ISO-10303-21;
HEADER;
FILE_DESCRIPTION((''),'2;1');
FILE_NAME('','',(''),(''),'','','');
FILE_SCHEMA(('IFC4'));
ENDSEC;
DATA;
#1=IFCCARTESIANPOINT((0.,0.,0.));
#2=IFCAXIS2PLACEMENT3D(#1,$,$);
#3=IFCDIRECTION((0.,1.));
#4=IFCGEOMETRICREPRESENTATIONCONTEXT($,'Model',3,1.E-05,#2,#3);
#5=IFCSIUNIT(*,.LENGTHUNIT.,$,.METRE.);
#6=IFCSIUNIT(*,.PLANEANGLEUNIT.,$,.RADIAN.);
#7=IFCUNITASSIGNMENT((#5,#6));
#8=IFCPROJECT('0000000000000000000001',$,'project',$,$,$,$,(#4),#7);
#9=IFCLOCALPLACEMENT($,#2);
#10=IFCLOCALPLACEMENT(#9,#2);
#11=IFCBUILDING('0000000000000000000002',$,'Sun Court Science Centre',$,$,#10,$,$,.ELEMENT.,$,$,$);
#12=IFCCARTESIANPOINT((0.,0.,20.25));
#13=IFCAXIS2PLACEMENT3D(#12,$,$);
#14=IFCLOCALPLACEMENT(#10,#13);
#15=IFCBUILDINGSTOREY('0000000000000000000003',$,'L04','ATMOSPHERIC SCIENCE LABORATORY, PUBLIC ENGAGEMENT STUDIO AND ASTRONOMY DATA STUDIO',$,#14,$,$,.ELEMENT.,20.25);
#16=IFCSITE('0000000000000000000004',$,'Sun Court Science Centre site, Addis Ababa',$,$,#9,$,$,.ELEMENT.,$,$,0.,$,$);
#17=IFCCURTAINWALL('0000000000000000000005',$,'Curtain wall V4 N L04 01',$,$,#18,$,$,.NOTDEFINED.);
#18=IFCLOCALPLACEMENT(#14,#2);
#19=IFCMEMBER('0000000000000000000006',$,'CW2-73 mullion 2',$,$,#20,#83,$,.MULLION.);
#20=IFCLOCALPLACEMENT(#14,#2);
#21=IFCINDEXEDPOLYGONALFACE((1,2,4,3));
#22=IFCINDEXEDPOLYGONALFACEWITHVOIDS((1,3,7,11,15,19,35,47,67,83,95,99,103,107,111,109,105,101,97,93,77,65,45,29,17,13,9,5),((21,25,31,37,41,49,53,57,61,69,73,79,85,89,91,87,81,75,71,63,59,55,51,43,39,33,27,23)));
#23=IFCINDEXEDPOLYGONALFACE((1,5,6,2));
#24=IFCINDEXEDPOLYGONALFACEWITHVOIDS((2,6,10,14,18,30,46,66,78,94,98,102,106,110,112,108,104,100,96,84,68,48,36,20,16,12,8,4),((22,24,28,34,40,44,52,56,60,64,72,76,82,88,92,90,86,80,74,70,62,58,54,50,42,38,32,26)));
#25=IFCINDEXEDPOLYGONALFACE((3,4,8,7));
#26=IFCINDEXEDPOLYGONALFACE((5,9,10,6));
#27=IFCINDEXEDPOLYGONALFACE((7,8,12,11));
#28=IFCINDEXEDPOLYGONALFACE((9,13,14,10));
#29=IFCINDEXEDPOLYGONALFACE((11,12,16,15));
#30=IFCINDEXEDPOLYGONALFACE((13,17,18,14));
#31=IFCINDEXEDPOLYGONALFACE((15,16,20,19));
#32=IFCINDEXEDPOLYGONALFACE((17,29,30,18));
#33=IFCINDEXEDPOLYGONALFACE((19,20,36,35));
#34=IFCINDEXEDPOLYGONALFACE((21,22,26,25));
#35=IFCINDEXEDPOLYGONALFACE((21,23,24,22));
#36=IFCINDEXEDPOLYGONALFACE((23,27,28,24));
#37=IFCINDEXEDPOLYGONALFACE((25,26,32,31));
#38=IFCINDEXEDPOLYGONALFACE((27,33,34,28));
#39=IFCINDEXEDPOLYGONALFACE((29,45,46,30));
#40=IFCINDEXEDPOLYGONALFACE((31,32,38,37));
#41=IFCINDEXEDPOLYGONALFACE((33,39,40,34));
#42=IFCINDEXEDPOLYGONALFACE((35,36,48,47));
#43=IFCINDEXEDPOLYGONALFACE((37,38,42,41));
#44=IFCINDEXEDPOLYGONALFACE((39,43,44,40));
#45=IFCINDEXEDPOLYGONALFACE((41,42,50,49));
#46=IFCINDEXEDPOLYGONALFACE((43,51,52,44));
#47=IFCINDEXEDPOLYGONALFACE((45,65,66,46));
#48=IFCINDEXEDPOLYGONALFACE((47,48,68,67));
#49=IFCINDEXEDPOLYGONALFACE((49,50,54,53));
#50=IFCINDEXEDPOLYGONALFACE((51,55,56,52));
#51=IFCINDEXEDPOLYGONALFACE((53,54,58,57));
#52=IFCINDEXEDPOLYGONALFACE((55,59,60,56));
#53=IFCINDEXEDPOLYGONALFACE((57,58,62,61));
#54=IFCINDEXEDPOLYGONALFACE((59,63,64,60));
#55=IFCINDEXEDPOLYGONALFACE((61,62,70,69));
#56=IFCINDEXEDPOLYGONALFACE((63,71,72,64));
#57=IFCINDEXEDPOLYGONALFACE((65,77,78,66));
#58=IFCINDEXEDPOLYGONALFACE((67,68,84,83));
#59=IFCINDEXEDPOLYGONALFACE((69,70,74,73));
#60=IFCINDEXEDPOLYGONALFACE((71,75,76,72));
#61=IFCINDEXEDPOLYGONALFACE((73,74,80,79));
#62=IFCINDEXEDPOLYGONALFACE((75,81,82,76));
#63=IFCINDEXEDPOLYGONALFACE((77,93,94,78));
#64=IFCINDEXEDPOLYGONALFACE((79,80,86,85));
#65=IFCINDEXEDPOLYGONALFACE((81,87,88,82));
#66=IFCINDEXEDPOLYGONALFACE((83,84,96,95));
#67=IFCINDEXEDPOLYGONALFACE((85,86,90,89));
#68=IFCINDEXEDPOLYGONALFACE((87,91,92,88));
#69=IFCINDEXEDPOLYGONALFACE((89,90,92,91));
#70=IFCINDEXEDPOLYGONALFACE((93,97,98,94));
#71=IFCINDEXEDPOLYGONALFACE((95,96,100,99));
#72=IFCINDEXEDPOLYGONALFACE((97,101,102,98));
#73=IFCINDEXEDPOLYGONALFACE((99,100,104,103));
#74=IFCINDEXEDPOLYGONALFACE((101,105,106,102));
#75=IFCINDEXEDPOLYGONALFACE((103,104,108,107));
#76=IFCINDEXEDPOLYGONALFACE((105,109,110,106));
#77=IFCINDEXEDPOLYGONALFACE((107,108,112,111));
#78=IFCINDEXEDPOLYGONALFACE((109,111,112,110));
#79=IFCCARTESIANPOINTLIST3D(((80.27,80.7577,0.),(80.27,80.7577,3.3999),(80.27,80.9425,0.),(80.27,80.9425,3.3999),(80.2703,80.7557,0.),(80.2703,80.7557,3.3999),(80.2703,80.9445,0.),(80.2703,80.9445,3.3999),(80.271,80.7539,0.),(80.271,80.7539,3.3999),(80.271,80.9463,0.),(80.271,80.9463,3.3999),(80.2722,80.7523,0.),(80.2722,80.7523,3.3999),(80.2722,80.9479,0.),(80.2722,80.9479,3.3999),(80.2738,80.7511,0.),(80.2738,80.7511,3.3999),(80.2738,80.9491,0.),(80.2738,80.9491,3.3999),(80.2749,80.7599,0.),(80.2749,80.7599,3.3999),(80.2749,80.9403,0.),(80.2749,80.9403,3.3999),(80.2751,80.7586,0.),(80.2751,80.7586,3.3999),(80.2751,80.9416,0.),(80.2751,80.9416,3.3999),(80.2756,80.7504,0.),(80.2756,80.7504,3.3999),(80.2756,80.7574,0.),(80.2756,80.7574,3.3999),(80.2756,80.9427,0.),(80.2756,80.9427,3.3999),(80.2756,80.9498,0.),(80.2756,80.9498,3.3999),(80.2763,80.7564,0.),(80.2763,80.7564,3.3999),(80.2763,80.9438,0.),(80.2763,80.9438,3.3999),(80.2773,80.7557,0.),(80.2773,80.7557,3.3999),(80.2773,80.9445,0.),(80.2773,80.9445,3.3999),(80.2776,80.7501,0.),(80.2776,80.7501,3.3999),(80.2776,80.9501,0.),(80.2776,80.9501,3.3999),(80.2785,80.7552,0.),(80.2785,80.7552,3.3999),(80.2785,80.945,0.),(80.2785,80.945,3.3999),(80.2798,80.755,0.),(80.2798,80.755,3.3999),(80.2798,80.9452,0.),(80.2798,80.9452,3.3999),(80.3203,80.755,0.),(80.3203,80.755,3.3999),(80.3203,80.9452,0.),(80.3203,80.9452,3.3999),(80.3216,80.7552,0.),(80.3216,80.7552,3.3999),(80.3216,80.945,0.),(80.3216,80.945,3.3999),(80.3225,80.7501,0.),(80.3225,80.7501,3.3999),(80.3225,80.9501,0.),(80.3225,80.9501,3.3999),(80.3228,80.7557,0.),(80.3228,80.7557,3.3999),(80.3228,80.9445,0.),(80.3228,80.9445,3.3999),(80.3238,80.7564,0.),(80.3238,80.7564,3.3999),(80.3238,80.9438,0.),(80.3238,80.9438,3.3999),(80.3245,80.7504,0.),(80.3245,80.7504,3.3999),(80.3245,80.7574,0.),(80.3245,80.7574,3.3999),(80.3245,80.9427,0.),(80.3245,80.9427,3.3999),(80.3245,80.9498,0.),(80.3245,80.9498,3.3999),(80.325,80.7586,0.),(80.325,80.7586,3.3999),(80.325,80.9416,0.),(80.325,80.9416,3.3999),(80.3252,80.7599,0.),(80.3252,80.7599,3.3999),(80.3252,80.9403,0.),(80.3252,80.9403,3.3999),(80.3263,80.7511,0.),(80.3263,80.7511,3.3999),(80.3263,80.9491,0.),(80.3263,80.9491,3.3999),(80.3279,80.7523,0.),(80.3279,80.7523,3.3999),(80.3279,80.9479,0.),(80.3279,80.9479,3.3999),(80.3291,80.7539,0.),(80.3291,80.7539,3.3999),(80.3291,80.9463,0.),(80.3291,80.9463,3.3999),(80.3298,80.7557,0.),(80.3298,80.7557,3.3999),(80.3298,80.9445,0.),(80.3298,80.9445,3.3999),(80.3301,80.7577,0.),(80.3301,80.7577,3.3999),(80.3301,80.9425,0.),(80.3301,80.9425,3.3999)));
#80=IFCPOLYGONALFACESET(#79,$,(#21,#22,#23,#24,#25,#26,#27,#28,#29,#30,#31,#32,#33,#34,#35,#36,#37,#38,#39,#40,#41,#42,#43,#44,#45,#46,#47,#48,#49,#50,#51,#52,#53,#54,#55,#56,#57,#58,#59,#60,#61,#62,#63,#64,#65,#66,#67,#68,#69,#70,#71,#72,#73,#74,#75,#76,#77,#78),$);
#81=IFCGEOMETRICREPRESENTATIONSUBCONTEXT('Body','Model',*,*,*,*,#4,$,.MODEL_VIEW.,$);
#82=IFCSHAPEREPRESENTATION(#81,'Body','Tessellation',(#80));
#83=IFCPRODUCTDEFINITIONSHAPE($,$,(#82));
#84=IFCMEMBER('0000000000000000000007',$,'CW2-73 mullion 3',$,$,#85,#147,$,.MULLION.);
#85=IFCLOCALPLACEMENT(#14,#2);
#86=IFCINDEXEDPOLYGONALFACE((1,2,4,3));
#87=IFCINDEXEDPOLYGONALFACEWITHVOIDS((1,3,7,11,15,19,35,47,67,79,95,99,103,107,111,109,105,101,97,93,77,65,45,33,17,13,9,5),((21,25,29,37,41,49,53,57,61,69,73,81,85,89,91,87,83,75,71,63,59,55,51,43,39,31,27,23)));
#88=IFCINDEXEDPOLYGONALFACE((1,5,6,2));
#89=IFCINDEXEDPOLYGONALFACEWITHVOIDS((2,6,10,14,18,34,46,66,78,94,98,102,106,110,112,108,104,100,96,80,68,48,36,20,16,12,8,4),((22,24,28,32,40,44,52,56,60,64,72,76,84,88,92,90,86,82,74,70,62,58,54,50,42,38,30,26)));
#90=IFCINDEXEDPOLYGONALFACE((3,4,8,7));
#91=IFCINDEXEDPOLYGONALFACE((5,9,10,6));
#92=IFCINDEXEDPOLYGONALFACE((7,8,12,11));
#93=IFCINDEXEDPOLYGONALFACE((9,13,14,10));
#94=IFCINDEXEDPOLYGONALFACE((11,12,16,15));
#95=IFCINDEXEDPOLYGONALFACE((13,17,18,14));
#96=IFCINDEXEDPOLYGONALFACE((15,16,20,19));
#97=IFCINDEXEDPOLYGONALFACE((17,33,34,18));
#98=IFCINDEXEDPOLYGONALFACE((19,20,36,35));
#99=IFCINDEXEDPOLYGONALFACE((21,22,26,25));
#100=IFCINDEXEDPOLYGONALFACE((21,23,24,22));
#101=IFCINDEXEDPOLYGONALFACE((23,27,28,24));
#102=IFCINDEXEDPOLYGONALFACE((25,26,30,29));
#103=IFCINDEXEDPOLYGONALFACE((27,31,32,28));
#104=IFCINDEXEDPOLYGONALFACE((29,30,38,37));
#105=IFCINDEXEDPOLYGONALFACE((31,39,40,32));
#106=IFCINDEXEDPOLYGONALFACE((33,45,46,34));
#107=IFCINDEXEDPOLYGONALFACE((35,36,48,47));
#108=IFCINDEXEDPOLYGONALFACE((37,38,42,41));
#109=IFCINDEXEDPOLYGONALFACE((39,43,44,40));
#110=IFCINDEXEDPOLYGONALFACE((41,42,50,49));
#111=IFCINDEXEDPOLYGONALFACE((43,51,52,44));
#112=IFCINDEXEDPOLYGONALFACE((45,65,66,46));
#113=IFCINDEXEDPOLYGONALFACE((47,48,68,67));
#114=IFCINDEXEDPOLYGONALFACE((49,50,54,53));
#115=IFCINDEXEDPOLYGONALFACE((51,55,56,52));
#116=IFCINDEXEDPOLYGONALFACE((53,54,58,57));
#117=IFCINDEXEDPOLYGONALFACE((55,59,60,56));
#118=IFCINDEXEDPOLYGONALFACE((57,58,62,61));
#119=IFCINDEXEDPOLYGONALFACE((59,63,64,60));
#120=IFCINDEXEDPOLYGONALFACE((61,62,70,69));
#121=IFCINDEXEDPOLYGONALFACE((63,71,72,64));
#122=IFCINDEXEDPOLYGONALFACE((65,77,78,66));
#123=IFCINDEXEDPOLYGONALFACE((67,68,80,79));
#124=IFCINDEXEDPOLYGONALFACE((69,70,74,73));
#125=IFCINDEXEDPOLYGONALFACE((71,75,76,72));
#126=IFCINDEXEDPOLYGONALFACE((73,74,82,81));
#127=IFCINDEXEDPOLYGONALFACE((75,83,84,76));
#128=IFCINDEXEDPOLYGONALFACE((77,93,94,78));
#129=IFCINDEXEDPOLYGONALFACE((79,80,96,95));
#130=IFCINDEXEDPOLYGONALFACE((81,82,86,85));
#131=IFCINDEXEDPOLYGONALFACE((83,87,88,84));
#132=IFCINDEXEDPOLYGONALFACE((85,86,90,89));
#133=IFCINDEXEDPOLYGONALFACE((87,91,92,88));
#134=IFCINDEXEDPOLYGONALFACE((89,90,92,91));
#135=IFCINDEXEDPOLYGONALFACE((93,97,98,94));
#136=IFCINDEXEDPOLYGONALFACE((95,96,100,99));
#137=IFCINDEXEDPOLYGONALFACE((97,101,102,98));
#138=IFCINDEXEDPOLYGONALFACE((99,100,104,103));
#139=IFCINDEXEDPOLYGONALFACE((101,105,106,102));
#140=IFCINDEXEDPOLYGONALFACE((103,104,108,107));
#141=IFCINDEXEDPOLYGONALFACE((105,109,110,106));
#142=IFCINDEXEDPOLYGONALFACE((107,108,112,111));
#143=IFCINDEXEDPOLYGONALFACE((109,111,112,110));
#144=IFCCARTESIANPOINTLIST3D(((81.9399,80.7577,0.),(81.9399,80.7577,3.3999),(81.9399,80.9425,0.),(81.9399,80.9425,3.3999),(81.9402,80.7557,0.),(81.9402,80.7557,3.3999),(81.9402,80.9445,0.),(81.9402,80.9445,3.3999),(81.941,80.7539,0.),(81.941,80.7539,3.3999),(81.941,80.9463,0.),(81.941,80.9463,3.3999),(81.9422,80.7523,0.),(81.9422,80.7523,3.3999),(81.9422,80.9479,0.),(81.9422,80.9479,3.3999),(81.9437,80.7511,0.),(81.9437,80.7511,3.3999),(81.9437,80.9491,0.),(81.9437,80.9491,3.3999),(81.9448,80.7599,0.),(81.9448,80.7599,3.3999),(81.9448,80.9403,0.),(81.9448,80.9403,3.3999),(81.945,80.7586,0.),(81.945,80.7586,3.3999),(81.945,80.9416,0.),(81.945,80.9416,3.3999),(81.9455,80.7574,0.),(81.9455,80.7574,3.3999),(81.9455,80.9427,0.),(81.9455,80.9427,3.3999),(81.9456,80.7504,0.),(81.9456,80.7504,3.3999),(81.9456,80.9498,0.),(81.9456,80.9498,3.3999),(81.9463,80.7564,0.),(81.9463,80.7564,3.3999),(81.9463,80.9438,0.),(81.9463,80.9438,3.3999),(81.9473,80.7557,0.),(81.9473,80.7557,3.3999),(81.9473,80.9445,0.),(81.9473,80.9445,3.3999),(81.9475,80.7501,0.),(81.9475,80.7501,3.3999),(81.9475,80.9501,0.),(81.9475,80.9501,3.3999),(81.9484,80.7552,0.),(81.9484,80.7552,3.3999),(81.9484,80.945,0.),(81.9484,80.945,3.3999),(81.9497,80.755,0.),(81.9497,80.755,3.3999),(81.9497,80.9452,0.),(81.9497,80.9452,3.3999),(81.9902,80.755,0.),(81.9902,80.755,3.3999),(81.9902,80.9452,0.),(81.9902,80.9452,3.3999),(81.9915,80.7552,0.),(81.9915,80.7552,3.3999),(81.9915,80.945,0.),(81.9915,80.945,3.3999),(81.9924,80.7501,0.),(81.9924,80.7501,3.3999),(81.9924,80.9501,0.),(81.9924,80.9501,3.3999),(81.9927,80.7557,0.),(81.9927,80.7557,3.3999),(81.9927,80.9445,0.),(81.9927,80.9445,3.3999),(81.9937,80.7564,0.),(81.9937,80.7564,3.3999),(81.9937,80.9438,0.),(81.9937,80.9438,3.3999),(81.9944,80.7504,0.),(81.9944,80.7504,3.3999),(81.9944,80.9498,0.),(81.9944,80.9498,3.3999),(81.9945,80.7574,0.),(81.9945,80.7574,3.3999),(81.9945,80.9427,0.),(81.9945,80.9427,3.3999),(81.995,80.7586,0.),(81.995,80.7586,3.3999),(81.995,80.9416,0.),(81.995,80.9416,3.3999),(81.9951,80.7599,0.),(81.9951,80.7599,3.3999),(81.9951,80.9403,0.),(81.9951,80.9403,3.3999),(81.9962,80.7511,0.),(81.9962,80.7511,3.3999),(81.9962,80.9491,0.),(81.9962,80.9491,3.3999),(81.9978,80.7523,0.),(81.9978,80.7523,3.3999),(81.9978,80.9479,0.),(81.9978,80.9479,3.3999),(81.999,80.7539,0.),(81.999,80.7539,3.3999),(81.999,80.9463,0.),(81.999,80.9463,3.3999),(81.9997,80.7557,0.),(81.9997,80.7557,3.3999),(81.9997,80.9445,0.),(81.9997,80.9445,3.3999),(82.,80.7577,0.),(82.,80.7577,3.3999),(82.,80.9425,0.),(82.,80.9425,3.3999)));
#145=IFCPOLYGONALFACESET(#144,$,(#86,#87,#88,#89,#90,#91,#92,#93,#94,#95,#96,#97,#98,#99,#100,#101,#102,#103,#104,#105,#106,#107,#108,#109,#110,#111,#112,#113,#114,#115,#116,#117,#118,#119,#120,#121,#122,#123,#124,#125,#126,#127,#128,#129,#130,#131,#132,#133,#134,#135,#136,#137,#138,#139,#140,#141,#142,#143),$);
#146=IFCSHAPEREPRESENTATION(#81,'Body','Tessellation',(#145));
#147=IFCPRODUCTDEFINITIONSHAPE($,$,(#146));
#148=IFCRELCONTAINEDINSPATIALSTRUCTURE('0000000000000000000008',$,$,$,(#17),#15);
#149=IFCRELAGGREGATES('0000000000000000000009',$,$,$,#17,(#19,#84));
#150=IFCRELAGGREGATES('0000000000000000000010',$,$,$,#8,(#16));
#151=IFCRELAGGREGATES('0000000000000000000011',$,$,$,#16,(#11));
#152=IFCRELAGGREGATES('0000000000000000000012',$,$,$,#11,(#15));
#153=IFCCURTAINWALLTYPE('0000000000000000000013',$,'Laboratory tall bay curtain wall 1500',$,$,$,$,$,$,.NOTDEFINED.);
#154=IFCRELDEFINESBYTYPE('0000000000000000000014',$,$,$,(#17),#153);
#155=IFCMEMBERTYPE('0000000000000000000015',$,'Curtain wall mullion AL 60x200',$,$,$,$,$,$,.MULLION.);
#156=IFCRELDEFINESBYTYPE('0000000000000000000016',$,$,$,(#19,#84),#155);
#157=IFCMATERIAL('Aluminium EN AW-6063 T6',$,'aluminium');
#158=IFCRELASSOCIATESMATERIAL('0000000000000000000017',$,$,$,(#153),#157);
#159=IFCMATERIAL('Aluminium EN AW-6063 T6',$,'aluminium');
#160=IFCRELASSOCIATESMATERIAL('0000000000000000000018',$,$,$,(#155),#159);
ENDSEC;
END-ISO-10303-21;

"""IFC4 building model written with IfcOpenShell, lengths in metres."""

from ifc_helpers import new_model, si_unit, direction, frame, origin, origin_2d, place, context, subcontext, project, spatial, hollow_rectangle, extrude, material, material_profile, profile_set, type_object, element, aggregate, save


model = new_model("IFC4")

# Units and contexts
model_context = context("Model", 3, precision=1e-05, world=origin(), true_north=direction((0.0, 1.0)))
body_context = subcontext(model_context, "Body", "Model", "MODEL_VIEW")
ifc_project = project(units=[si_unit("LENGTHUNIT", "METRE"), si_unit("PLANEANGLEUNIT", "RADIAN")], contexts=[model_context])

# Site, building, storey
site_placement = place(None, origin())
site = spatial("IfcSite", under=ifc_project, at=site_placement, Name="Sun Court Science Centre site, Addis Ababa", CompositionType="ELEMENT", RefElevation=0.0)
building_placement = place(site_placement, origin())
building = spatial("IfcBuilding", under=site, at=building_placement, Name="Sun Court Science Centre", CompositionType="ELEMENT")
storey_placement = place(building_placement, frame((0.0, 0.0, 20.25)))
storey = spatial("IfcBuildingStorey", under=building, at=storey_placement, Name="L04", Description="ATMOSPHERIC SCIENCE LABORATORY, PUBLIC ENGAGEMENT STUDIO AND ASTRONOMY DATA STUDIO", CompositionType="ELEMENT", Elevation=20.25)

# Curtain wall, members
ifc_material_1 = material(Name="Aluminium EN AW-6063 T6", Category="aluminium")
curtain_wall_type = type_object("IfcCurtainWallType", Name="Laboratory tall bay curtain wall 1500", PredefinedType="NOTDEFINED", material=ifc_material_1)
curtain_wall_1_placement = place(storey_placement, origin())
curtain_wall_1 = element("IfcCurtainWall", 1, at=curtain_wall_1_placement, inside=storey, type_object=curtain_wall_type, Name="Curtain wall V4 N L04 01", PredefinedType="NOTDEFINED")
ifc_material_2 = material(Name="Aluminium EN AW-6063 T6", Category="aluminium")
ifc_material_profile_1 = material_profile(ifc_material_2, hollow_rectangle(XDim=0.0601, YDim=0.2, WallThickness=0.0049, InnerFilletRadius=0.0049, OuterFilletRadius=0.0076, at=origin_2d()), Name="AL 60x200x5")
ifc_profile_set_1 = profile_set([ifc_material_profile_1], Name="Aluminium EN AW-6063 T6")
member_type_1 = type_object("IfcMemberType", Name="Curtain wall mullion AL 60x200", PredefinedType="MULLION", material=ifc_profile_set_1)
member_1_placement = place(storey_placement, frame((80.3, 80.8501, 0.0), z_axis=(0.0, 0.0, 1.0), x_axis=(1.0, 0.0, 0.0)))
member_1 = element("IfcMember", 2, at=member_1_placement, type_object=member_type_1, Name="CW2-73 mullion 2", PredefinedType="MULLION", context=body_context, shape_type="SweptSolid", body=[
    extrude(hollow_rectangle(XDim=0.0601, YDim=0.2, WallThickness=0.0049, InnerFilletRadius=0.0049, OuterFilletRadius=0.0076, at=origin_2d()), origin(), (0.0, 0.0, 1.0), 3.3999),
])
member_2_placement = place(storey_placement, frame((81.97, 80.8501, 0.0), z_axis=(0.0, 0.0, 1.0), x_axis=(1.0, 0.0, 0.0)))
member_2 = element("IfcMember", 3, at=member_2_placement, type_object=member_type_1, Name="CW2-73 mullion 3", PredefinedType="MULLION", context=body_context, shape_type="SweptSolid", body=[
    extrude(hollow_rectangle(XDim=0.0601, YDim=0.2, WallThickness=0.0049, InnerFilletRadius=0.0049, OuterFilletRadius=0.0076, at=origin_2d()), origin(), (0.0, 0.0, 1.0), 3.3999),
])

aggregate(curtain_wall_1, [member_1, member_2])

save(model, "model.ifc")
